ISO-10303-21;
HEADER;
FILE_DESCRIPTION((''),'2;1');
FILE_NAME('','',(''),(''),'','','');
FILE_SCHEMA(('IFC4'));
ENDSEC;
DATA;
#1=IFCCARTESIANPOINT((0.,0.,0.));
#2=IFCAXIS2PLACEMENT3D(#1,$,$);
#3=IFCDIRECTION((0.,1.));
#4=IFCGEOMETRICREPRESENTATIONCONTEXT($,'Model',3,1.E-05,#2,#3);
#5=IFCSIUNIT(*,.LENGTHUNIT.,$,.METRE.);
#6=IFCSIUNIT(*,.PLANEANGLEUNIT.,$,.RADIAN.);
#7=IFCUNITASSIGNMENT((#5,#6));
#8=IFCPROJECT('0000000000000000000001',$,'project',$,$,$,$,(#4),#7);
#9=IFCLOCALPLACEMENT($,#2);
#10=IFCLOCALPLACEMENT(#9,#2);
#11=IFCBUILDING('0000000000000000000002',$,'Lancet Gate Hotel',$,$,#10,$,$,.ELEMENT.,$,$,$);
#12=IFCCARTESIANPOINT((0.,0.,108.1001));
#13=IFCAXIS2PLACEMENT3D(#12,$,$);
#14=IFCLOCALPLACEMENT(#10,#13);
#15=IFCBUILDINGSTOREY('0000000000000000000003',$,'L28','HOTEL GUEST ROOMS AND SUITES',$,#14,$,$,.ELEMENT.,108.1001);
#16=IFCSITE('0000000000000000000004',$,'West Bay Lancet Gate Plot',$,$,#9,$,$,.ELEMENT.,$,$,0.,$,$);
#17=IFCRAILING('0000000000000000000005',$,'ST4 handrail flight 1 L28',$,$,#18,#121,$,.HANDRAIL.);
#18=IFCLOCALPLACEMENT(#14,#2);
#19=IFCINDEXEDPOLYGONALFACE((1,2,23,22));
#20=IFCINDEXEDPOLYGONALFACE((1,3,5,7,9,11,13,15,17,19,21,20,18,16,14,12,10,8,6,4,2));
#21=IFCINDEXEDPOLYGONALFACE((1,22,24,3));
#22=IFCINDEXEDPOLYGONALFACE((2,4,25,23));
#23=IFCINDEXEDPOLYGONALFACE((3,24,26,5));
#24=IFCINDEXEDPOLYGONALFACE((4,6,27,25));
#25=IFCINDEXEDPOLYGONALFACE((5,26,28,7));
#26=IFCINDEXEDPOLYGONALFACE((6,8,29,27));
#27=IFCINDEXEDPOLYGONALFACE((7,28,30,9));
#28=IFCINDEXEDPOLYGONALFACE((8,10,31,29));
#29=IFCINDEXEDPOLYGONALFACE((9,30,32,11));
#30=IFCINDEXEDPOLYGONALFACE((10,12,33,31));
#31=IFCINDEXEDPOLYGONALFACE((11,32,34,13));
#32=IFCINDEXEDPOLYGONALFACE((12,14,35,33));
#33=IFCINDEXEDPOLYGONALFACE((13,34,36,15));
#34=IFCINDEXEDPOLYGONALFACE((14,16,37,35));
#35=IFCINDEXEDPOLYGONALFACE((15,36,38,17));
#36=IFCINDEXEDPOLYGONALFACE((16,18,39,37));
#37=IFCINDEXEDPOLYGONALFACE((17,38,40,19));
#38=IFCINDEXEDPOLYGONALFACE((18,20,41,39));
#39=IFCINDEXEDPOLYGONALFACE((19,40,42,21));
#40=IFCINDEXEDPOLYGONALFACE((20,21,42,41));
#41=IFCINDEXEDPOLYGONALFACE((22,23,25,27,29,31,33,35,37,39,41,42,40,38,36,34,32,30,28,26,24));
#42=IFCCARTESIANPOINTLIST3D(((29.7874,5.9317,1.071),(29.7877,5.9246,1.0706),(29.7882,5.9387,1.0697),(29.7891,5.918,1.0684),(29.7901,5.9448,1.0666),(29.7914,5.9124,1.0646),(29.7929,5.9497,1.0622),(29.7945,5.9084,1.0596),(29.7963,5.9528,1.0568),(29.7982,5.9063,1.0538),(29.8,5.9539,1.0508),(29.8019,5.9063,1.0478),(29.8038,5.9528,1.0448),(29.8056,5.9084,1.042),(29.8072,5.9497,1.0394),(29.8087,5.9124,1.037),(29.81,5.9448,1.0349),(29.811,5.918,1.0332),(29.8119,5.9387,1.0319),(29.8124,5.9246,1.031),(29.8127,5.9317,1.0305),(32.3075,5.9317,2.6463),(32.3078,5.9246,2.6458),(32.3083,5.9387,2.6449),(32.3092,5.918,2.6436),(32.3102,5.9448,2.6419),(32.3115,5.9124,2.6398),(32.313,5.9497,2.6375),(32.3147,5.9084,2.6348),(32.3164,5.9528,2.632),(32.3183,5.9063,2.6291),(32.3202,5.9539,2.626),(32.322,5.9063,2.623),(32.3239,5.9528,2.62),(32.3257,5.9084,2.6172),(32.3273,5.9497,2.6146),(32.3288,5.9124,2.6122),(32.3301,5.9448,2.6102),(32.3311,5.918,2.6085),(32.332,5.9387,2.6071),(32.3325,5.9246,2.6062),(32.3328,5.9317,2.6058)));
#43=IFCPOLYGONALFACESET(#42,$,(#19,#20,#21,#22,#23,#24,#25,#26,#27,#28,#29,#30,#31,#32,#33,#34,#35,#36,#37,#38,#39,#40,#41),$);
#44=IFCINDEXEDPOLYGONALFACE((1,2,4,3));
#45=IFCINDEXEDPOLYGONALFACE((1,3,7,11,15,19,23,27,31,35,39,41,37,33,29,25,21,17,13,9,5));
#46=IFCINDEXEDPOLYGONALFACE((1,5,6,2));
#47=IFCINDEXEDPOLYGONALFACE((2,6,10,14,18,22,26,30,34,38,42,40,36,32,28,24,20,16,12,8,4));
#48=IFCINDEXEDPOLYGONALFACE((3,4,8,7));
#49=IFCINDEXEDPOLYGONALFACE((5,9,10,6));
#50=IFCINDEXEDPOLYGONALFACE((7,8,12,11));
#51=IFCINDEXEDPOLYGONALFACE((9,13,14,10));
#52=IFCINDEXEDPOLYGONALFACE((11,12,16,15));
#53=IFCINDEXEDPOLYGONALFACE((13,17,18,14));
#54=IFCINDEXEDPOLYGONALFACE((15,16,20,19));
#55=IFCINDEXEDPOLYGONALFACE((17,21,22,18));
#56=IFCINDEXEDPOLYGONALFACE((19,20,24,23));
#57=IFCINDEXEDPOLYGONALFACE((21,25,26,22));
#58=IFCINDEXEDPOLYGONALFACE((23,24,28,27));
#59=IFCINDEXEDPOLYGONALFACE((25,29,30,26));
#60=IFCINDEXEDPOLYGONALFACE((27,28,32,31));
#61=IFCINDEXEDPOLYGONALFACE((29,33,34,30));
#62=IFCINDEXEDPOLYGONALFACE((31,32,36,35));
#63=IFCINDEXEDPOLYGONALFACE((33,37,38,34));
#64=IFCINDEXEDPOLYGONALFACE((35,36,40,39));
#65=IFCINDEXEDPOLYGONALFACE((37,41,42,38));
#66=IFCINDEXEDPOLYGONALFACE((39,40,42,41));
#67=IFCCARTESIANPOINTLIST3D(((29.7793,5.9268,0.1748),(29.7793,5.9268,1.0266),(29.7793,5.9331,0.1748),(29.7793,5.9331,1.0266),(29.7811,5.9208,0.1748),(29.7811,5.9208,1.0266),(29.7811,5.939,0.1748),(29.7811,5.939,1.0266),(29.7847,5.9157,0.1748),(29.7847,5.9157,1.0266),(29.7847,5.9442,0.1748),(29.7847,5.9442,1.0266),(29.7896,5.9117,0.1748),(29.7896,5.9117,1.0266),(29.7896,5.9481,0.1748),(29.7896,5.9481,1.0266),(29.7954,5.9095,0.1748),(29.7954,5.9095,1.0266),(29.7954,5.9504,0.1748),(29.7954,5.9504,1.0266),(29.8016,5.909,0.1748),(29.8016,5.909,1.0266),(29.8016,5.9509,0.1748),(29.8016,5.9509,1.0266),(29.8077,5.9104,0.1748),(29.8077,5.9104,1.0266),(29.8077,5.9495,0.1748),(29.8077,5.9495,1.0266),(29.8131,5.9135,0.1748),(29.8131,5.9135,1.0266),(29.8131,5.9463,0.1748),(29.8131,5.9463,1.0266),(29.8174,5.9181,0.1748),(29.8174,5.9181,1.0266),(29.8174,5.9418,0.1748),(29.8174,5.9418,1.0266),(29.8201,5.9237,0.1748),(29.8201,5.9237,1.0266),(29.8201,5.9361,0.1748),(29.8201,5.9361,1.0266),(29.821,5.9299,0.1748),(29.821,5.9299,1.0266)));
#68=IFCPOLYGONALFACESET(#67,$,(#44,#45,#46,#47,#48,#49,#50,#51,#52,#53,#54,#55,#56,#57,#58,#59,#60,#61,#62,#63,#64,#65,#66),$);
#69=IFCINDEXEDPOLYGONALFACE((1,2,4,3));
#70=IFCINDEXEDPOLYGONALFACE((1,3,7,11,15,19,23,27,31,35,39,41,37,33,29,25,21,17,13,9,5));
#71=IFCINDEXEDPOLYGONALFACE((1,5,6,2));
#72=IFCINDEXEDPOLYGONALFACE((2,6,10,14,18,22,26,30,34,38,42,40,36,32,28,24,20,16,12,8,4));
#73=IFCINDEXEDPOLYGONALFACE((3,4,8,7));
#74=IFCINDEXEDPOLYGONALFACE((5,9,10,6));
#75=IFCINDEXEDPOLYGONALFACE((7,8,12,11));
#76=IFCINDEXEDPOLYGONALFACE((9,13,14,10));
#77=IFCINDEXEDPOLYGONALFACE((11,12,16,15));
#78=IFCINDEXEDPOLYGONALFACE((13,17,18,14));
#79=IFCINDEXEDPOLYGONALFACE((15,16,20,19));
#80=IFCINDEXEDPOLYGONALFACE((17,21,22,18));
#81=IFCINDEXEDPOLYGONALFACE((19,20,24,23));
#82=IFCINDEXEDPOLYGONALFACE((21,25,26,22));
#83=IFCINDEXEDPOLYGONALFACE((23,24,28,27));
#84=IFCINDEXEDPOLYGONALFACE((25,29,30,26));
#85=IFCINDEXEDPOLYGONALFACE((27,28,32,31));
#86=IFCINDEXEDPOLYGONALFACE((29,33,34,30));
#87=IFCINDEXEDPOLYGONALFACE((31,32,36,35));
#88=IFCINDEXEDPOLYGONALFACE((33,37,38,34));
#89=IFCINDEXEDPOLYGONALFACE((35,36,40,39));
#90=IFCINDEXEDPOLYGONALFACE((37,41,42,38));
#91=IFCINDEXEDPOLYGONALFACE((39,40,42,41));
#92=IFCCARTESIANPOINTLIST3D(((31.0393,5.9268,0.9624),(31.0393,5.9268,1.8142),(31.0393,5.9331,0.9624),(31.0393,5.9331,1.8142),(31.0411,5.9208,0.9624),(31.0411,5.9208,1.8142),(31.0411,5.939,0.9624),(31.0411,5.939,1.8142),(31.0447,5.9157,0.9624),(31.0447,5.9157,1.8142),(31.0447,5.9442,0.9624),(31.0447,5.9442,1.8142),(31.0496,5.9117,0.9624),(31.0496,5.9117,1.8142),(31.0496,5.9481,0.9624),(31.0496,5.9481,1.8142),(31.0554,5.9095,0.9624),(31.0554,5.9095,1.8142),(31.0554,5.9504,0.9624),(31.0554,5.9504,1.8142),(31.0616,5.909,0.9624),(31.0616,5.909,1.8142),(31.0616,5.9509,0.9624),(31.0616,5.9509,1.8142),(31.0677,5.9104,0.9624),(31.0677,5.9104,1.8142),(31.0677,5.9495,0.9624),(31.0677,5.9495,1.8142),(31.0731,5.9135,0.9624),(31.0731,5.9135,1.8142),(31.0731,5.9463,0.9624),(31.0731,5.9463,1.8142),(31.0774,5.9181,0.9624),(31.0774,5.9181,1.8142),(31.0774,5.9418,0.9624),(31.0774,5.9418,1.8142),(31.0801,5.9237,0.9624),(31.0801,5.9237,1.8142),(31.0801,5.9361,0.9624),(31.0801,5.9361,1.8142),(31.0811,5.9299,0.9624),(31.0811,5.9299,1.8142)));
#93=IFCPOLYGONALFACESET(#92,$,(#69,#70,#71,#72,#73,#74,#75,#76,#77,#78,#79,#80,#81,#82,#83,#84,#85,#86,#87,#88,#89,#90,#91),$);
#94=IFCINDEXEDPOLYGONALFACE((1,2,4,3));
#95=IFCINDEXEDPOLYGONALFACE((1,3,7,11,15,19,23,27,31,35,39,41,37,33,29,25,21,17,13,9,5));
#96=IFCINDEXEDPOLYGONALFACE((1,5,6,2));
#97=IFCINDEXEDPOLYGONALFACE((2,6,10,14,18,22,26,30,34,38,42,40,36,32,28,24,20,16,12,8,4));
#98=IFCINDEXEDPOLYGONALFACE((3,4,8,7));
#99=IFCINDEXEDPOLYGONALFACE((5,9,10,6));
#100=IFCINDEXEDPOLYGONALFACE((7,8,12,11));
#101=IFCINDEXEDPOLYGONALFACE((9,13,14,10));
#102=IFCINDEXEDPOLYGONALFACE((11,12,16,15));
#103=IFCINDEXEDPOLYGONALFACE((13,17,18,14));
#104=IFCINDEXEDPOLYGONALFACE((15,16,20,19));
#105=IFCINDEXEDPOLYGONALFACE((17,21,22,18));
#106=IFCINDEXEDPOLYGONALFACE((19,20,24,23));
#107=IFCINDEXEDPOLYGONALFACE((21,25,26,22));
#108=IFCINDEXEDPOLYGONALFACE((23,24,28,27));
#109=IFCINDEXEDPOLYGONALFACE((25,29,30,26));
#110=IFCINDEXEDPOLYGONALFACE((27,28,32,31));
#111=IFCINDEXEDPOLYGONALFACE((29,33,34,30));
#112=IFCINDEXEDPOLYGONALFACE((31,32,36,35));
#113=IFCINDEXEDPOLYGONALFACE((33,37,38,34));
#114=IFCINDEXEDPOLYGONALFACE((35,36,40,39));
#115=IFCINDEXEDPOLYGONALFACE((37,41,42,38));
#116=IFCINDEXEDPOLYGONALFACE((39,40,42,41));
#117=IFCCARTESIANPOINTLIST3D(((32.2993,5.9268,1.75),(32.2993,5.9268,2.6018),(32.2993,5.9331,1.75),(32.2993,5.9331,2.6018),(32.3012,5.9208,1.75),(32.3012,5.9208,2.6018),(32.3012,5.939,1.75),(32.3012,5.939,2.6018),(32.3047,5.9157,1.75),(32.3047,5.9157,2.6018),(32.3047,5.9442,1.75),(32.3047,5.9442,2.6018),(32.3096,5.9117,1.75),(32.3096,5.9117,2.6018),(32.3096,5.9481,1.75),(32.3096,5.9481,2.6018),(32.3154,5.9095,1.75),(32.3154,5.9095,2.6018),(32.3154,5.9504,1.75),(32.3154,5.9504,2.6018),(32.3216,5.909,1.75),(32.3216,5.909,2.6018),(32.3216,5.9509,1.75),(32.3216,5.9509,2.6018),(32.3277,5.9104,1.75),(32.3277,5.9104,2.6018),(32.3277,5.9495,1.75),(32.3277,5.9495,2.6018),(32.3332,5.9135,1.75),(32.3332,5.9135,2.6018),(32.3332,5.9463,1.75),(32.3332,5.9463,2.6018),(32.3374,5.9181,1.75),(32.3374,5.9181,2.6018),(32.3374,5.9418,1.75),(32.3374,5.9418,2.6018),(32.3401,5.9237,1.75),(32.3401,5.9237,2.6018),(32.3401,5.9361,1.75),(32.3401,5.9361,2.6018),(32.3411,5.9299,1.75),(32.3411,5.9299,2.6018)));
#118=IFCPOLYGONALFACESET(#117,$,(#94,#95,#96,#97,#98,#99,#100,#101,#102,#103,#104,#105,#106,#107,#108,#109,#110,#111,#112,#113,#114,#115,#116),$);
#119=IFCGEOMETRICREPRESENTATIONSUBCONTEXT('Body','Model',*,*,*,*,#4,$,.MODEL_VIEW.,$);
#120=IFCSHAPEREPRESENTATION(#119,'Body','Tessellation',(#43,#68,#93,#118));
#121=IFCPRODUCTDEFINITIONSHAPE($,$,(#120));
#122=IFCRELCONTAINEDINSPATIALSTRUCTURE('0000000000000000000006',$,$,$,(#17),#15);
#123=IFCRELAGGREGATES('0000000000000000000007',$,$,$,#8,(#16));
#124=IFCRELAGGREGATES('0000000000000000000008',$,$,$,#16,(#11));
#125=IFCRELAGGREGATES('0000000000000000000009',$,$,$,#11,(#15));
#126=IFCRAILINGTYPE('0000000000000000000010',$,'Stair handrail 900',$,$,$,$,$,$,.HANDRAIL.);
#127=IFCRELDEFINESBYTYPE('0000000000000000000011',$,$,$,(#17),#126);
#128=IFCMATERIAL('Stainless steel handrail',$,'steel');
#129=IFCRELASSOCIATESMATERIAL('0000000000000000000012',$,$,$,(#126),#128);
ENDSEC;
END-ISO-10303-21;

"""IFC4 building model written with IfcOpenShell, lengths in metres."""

from ifc_helpers import new_model, si_unit, direction, frame, origin, origin_2d, place, context, subcontext, project, spatial, circle, extrude, material, type_object, element, save


model = new_model("IFC4")

# Units and contexts
model_context = context("Model", 3, precision=1e-05, world=origin(), true_north=direction((0.0, 1.0)))
body_context = subcontext(model_context, "Body", "Model", "MODEL_VIEW")
ifc_project = project(units=[si_unit("LENGTHUNIT", "METRE"), si_unit("PLANEANGLEUNIT", "RADIAN")], contexts=[model_context])

# Site, building, storey
site_placement = place(None, origin())
site = spatial("IfcSite", under=ifc_project, at=site_placement, Name="West Bay Lancet Gate Plot", CompositionType="ELEMENT", RefElevation=0.0)
building_placement = place(site_placement, origin())
building = spatial("IfcBuilding", under=site, at=building_placement, Name="Lancet Gate Hotel", CompositionType="ELEMENT")
storey_placement = place(building_placement, frame((0.0, 0.0, 108.1001)))
storey = spatial("IfcBuildingStorey", under=building, at=storey_placement, Name="L28", Description="HOTEL GUEST ROOMS AND SUITES", CompositionType="ELEMENT", Elevation=108.1001)

# Railing
ifc_material_1 = material(Name="Stainless steel handrail", Category="steel")
railing_type = type_object("IfcRailingType", Name="Stair handrail 900", PredefinedType="HANDRAIL", material=ifc_material_1)
railing_1_placement = place(storey_placement, frame((29.8, 5.9299, 0.1748)))
element("IfcRailing", 1, at=railing_1_placement, inside=storey, type_object=railing_type, Name="ST4 handrail flight 1 L28", PredefinedType="HANDRAIL", context=body_context, shape_type="SweptSolid", body=[
    extrude(circle(Radius=0.0239, at=origin_2d()), frame((0.0, 0.0, 0.876), z_axis=(0.847971, 0.0, 0.530043), x_axis=(0.0, 1.0, 0.0)), (0.0, 0.0, 1.0), 2.9719),
    extrude(circle(Radius=0.021, at=origin_2d()), origin(), (0.0, 0.0, 1.0), 0.8518),
    extrude(circle(Radius=0.021, at=origin_2d()), frame((1.26, 0.0, 0.7876)), (0.0, 0.0, 1.0), 0.8518),
    extrude(circle(Radius=0.021, at=origin_2d()), frame((2.52, 0.0, 1.5752)), (0.0, 0.0, 1.0), 0.8518),
])

save(model, "model.ifc")
